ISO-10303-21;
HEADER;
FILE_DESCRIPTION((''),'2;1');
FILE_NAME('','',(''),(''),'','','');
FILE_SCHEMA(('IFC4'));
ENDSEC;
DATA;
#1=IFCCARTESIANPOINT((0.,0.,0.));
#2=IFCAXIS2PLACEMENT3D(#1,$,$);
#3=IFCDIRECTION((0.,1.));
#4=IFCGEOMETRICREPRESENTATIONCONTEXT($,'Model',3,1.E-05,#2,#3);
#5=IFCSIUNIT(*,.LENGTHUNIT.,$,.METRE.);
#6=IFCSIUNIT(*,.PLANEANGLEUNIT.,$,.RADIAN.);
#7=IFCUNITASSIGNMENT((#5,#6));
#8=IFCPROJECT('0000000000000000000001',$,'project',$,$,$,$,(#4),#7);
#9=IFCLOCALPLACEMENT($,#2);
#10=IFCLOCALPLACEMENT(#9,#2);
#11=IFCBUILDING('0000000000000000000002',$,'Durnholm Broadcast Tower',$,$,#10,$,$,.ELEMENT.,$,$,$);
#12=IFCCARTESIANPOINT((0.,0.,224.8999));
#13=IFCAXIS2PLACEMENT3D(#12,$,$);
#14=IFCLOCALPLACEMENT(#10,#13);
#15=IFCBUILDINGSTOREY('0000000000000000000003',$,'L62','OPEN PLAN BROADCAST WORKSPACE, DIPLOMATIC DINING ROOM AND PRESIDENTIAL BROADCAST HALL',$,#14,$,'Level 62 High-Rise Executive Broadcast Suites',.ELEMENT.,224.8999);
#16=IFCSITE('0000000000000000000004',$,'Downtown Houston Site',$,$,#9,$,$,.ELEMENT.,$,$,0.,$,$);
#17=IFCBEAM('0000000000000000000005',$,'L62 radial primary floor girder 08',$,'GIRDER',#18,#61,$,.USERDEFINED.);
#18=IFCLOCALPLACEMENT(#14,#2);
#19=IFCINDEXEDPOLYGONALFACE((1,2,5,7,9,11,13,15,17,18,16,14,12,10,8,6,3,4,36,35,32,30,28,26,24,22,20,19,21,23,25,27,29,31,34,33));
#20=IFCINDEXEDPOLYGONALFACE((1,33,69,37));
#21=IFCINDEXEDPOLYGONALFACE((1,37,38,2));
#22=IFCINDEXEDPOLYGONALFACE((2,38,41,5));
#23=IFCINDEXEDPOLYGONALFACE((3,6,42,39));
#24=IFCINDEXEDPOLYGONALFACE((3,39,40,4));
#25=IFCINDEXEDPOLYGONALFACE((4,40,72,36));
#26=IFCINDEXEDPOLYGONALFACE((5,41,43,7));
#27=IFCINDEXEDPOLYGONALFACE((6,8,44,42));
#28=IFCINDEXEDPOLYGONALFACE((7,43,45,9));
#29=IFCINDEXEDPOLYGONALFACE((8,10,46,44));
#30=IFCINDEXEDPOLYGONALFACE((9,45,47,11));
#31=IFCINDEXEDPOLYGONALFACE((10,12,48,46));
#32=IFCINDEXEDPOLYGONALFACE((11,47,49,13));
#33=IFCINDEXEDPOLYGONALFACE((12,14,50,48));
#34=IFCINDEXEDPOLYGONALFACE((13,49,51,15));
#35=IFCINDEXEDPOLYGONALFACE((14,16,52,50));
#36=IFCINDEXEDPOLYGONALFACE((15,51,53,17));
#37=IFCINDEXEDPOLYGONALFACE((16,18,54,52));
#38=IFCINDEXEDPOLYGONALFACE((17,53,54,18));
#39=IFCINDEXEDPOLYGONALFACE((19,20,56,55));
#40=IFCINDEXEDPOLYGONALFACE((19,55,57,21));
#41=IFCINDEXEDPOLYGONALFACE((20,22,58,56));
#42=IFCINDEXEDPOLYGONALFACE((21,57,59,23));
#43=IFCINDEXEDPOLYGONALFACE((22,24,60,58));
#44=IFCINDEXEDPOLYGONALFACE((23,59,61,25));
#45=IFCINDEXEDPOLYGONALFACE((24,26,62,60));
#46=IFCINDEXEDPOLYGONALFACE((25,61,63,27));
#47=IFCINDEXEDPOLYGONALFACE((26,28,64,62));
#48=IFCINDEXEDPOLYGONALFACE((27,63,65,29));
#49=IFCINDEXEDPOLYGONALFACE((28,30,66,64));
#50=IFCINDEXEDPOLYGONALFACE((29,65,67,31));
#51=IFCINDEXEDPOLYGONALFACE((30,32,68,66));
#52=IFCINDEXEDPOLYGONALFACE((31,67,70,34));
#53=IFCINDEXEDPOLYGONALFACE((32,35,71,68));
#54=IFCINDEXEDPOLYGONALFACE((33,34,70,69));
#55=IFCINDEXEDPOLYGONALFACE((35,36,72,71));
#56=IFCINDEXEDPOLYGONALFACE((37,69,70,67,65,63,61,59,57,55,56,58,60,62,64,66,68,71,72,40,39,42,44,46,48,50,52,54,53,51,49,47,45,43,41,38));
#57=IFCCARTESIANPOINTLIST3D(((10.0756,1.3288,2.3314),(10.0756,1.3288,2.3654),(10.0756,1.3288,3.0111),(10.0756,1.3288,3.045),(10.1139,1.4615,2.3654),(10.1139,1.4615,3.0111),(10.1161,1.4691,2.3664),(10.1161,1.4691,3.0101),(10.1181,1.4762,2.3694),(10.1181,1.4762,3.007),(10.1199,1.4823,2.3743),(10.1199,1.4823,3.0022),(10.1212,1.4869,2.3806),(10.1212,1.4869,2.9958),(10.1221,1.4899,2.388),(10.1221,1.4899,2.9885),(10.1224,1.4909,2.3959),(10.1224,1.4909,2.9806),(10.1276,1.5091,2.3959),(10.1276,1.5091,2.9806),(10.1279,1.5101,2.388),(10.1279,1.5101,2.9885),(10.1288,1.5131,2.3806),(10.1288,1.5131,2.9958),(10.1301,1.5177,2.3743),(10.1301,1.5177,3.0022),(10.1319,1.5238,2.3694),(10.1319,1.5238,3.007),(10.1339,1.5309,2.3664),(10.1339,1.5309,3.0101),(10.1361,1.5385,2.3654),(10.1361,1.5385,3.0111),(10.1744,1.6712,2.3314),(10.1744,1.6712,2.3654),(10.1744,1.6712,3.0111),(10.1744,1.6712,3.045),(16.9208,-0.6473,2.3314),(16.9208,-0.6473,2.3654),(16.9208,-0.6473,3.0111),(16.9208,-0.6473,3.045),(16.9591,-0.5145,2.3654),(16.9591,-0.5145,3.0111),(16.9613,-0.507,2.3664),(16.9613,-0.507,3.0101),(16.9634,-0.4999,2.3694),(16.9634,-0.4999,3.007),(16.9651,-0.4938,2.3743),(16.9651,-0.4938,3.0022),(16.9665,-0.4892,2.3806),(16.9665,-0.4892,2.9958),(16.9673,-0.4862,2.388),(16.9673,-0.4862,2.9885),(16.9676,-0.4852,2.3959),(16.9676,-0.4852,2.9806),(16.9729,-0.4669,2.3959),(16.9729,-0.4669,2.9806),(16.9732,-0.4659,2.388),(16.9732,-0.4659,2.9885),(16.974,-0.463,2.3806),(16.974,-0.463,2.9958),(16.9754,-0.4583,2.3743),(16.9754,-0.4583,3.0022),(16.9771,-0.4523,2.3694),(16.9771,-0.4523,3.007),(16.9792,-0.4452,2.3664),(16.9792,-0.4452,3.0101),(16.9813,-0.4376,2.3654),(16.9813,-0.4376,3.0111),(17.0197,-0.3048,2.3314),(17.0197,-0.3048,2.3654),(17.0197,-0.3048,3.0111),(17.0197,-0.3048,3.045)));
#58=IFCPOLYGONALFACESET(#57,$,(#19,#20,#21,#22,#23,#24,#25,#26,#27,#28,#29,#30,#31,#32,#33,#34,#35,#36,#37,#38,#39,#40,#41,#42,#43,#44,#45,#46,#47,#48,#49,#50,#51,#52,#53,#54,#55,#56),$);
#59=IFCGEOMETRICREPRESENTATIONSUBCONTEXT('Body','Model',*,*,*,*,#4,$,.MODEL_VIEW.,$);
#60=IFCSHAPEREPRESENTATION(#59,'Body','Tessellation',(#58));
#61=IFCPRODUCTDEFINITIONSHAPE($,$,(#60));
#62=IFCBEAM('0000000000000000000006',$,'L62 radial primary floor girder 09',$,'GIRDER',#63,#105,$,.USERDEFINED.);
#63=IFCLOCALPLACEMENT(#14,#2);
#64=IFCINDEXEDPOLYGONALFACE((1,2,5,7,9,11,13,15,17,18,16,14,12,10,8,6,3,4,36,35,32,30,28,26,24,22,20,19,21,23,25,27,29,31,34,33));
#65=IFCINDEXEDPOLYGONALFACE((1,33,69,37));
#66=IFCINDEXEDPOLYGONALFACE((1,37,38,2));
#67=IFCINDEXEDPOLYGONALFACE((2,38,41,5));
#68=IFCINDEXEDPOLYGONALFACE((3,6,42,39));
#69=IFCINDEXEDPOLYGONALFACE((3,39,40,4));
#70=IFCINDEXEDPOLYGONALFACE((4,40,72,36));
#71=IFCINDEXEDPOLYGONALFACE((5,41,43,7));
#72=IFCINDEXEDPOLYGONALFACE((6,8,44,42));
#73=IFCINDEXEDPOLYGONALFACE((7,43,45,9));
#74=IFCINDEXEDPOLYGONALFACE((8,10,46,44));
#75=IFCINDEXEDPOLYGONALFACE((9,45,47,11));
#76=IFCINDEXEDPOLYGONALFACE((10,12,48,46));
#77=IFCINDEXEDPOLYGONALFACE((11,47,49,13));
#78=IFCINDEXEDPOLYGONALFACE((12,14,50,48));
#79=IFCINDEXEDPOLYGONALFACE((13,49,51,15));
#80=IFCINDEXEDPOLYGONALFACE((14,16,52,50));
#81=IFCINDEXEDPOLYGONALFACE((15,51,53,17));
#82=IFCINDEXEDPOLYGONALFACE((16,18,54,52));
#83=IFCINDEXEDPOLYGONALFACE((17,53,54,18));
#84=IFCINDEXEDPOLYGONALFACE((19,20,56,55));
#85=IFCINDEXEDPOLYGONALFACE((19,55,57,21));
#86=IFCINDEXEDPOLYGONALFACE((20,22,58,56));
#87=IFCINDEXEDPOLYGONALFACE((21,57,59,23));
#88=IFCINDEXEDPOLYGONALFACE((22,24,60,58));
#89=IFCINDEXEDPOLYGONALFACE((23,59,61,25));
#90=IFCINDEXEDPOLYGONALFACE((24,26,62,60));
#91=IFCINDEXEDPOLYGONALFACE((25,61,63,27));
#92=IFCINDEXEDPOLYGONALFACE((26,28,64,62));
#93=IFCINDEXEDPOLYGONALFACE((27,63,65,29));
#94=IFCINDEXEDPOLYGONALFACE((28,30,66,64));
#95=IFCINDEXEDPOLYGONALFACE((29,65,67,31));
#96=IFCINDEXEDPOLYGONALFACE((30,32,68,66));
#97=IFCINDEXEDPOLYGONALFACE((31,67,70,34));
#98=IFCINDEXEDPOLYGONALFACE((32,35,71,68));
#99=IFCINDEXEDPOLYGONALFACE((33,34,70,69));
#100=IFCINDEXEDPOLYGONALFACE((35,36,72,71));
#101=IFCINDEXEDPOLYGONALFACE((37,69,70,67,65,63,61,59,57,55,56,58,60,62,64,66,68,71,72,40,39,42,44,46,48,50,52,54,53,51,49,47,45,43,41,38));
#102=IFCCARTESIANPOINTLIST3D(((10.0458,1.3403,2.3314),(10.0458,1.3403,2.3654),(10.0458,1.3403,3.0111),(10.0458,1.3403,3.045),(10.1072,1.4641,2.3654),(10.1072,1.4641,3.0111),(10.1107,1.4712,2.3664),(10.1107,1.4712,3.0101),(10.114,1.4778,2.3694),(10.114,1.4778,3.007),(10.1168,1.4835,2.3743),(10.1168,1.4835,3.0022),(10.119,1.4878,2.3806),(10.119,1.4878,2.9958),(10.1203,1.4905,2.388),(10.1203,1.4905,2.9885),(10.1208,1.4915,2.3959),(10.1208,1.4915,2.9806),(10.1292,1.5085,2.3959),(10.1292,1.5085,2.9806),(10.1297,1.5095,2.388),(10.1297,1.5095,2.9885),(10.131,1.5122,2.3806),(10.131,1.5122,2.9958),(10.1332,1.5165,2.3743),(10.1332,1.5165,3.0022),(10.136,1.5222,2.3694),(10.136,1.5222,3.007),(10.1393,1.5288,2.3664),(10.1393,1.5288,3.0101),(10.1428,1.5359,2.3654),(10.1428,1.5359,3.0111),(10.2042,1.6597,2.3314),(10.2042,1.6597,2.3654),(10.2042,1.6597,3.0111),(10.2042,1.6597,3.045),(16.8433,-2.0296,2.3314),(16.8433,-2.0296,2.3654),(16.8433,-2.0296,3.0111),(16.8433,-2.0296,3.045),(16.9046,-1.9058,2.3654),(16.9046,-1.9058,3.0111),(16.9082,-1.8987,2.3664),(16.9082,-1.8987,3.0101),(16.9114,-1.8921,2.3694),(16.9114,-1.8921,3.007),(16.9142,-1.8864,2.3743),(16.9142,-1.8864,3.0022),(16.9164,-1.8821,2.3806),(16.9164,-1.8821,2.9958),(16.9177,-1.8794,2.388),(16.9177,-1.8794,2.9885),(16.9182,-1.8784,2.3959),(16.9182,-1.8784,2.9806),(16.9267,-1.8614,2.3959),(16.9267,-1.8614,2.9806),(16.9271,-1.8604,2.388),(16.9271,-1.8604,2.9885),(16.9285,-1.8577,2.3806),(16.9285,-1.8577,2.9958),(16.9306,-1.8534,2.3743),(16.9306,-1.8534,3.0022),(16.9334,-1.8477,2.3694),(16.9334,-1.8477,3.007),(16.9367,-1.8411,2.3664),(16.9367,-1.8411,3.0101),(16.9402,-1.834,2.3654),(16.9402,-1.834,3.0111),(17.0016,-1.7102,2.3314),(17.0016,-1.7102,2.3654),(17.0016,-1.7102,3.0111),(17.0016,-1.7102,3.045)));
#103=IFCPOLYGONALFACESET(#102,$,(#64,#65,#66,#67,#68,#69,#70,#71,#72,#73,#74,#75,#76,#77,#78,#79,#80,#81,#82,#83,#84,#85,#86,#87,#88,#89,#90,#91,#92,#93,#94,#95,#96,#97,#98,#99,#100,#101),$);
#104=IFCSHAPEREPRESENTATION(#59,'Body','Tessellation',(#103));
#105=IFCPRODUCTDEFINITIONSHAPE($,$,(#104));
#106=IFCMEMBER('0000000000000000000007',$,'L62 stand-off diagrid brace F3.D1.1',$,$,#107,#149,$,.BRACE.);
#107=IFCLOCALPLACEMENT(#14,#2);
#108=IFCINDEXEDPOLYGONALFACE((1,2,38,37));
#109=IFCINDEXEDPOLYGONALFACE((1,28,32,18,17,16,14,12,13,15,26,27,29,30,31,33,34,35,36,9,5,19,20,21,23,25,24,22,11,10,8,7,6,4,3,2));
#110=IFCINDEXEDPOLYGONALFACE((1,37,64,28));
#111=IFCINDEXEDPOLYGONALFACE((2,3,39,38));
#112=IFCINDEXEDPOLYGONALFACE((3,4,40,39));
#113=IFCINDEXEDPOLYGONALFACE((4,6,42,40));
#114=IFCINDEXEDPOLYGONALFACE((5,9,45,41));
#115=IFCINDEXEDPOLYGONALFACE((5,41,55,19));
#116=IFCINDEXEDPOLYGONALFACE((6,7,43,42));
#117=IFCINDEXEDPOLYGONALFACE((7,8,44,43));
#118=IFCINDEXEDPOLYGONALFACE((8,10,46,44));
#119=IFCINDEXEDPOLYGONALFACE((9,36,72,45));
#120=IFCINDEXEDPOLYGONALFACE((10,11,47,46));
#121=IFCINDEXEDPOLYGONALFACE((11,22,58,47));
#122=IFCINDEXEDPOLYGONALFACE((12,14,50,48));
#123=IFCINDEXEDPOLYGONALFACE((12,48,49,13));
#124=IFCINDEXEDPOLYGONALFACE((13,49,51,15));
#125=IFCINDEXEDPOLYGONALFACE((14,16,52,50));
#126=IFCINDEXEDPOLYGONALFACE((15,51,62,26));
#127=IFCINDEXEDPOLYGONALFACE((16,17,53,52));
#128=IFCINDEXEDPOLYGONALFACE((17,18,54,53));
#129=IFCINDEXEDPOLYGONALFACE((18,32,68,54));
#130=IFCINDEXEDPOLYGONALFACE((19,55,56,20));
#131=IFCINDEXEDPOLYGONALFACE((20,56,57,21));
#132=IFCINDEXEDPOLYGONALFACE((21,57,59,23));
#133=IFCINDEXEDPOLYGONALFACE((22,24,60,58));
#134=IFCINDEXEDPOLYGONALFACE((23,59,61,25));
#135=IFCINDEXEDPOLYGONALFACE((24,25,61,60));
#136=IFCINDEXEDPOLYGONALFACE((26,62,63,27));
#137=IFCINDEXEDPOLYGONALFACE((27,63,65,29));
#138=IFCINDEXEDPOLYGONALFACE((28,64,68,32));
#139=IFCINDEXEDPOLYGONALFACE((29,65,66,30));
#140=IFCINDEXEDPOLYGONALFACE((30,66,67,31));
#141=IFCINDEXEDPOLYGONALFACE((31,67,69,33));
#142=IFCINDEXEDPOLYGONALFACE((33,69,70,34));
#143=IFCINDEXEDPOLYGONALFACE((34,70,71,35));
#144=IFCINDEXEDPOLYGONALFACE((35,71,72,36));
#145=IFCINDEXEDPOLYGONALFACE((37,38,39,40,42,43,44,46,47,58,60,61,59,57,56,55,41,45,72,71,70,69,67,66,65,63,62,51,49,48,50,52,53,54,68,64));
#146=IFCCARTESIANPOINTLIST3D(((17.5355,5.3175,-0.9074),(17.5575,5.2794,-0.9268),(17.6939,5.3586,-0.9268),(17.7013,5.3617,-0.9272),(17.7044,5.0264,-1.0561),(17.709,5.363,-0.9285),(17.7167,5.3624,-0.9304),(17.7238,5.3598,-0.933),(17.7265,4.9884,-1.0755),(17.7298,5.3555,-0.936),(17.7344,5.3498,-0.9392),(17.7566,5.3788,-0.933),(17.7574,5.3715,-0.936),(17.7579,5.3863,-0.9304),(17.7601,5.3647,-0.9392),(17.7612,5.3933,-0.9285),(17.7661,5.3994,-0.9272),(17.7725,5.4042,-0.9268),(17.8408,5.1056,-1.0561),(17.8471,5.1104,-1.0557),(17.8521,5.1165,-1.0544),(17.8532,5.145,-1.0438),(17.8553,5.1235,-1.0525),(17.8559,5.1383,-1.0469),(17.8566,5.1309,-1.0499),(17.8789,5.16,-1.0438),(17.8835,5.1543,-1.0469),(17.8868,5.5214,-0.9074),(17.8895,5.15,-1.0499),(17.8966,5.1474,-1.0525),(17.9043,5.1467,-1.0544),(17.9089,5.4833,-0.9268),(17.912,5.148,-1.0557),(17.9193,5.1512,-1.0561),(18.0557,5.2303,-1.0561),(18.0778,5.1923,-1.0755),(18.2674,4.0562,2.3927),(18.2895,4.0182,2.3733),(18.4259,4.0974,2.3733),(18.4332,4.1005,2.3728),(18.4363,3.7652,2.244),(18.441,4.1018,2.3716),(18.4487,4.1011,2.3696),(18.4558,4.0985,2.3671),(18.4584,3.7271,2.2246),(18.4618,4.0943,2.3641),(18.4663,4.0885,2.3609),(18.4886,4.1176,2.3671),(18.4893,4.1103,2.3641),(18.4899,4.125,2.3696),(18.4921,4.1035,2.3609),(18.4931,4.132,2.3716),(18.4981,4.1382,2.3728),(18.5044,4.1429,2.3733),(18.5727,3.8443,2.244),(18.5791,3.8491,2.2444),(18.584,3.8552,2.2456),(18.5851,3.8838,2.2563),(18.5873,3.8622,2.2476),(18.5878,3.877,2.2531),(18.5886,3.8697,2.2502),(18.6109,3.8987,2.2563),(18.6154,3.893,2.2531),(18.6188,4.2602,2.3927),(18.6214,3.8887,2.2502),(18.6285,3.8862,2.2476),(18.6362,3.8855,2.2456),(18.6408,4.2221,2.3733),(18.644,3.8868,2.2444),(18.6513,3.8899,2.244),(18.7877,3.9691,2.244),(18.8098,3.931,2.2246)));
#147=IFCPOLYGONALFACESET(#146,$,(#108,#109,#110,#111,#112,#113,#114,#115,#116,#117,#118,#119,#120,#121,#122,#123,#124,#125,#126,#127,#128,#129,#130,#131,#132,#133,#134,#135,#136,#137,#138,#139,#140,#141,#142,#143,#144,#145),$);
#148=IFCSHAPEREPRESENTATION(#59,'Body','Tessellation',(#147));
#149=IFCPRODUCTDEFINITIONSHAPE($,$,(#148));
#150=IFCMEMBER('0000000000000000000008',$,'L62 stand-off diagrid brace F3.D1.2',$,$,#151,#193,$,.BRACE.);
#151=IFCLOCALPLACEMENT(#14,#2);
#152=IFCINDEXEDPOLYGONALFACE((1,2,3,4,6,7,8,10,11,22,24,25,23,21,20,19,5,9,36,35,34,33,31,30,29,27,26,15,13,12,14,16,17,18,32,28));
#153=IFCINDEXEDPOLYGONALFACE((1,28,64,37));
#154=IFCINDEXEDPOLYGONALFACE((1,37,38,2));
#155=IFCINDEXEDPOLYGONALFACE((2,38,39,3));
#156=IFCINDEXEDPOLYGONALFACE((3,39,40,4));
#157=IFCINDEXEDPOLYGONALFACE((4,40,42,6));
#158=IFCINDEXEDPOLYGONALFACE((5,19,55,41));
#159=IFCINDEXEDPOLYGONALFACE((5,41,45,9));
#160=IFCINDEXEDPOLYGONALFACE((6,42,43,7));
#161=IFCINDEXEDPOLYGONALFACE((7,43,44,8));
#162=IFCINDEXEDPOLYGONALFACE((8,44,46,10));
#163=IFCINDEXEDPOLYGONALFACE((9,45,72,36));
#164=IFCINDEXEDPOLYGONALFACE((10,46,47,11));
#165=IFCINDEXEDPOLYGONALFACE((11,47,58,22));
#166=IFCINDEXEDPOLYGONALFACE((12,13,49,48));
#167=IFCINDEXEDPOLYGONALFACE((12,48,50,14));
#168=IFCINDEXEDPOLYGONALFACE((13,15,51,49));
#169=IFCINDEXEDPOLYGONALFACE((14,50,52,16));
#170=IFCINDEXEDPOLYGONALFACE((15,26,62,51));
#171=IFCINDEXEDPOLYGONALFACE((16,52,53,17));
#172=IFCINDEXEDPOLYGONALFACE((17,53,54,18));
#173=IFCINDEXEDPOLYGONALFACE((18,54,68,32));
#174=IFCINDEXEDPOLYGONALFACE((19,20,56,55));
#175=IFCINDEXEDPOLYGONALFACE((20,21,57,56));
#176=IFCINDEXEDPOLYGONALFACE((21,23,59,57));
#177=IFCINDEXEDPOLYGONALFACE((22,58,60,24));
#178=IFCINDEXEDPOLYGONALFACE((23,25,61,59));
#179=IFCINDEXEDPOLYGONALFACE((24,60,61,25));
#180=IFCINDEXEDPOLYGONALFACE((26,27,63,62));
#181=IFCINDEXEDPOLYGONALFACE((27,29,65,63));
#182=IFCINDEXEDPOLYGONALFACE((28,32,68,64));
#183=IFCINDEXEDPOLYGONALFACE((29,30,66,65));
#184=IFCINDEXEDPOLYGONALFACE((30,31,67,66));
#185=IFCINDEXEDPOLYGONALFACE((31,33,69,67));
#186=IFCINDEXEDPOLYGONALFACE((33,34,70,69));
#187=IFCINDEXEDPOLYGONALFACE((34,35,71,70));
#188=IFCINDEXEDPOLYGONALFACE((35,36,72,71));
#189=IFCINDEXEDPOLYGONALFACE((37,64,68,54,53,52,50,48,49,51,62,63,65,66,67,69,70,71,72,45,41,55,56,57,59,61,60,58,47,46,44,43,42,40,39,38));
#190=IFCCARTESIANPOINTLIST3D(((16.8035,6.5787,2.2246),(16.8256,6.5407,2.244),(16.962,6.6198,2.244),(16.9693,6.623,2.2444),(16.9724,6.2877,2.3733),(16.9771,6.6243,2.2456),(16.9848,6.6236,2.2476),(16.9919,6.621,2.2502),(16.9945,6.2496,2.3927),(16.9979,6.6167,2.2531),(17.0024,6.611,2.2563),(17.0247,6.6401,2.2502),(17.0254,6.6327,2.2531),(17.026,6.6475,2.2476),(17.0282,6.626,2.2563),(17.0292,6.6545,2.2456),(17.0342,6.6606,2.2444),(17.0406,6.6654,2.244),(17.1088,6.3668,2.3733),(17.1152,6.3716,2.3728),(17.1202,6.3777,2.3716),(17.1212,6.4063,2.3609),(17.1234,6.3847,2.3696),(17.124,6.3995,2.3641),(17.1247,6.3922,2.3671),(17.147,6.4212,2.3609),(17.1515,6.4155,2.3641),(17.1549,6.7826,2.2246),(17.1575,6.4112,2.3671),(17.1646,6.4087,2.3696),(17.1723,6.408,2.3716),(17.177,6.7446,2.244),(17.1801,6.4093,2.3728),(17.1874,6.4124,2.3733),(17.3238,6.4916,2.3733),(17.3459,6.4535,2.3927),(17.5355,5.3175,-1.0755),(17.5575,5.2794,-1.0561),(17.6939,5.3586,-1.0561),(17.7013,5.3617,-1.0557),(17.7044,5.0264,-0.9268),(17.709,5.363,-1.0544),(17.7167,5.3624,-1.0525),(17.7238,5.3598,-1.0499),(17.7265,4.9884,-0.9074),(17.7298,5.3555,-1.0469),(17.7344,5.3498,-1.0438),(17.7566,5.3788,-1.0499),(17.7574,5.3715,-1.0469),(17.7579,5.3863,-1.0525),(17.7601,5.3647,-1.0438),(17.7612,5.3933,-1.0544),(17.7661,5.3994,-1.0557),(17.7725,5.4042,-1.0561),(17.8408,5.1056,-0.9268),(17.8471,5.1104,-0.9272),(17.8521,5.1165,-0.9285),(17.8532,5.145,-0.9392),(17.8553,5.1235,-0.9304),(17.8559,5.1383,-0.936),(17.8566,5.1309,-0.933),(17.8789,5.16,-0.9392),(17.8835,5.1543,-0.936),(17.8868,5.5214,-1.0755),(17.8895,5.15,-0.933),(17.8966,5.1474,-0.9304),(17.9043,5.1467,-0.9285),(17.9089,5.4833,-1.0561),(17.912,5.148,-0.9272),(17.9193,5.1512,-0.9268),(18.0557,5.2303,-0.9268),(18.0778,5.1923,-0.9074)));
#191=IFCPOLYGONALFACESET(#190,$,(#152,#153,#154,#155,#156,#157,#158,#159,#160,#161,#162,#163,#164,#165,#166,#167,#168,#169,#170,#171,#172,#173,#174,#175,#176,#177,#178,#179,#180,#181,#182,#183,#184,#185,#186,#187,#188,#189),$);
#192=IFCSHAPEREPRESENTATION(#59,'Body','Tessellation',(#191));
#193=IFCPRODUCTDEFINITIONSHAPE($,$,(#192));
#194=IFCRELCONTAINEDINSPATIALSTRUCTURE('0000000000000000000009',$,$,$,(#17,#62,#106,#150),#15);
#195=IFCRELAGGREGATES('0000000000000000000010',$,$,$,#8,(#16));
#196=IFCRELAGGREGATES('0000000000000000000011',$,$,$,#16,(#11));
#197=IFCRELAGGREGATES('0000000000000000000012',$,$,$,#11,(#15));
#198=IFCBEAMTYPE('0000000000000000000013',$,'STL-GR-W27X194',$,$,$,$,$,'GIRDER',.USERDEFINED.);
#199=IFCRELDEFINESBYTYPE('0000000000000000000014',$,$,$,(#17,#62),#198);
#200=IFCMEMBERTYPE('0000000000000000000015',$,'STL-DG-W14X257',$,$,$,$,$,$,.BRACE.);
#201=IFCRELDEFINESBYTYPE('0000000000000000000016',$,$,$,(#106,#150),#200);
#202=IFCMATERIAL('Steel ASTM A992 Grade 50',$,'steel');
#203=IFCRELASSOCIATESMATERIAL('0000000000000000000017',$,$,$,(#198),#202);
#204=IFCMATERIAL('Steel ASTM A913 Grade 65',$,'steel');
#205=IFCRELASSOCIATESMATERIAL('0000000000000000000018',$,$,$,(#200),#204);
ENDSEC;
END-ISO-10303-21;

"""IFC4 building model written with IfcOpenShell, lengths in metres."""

from ifc_helpers import new_model, si_unit, direction, frame, origin, origin_2d, place, context, subcontext, project, spatial, i_section, extrude, source, transform, mapped, material, material_profile, profile_set, type_object, type_shapes, element, save


model = new_model("IFC4")

# Units and contexts
model_context = context("Model", 3, precision=1e-05, world=origin(), true_north=direction((0.0, 1.0)))
body_context = subcontext(model_context, "Body", "Model", "MODEL_VIEW")
ifc_project = project(units=[si_unit("LENGTHUNIT", "METRE"), si_unit("PLANEANGLEUNIT", "RADIAN")], contexts=[model_context])

# Site, building, storey
site_placement = place(None, origin())
site = spatial("IfcSite", under=ifc_project, at=site_placement, Name="Downtown Houston Site", CompositionType="ELEMENT", RefElevation=0.0)
building_placement = place(site_placement, origin())
building = spatial("IfcBuilding", under=site, at=building_placement, Name="Durnholm Broadcast Tower", CompositionType="ELEMENT")
storey_placement = place(building_placement, frame((0.0, 0.0, 224.8999)))
storey = spatial("IfcBuildingStorey", under=building, at=storey_placement, Name="L62", Description="OPEN PLAN BROADCAST WORKSPACE, DIPLOMATIC DINING ROOM AND PRESIDENTIAL BROADCAST HALL", LongName="Level 62 High-Rise Executive Broadcast Suites", CompositionType="ELEMENT", Elevation=224.8999)

# Beams
ifc_material_1 = material(Name="Steel ASTM A992 Grade 50", Category="steel")
ifc_material_profile_1 = material_profile(ifc_material_1, i_section(OverallWidth=0.3564, OverallDepth=0.7136, WebThickness=0.019, FlangeThickness=0.0339, FilletRadius=0.0305, at=origin_2d()), Name="W27X194")
ifc_profile_set_1 = profile_set([ifc_material_profile_1], Name="Steel ASTM A992 Grade 50")
beam_type_1 = type_object("IfcBeamType", Name="STL-GR-W27X194", ElementType="GIRDER", PredefinedType="USERDEFINED", material=ifc_profile_set_1)
shared_shape_1 = source(origin(), body_context, "Body", "SweptSolid", [
    extrude(i_section(OverallWidth=0.3564, OverallDepth=0.7136, WebThickness=0.019, FlangeThickness=0.0339, FilletRadius=0.0305, at=origin_2d()), origin(), (0.0, 0.0, 1.0), 7.1248),
])
beam_1_placement = place(storey_placement, frame((10.125, 1.5, 2.6882), z_axis=(0.960768, -0.277354, 0.0), x_axis=(0.277354, 0.960768, 0.0)))
element("IfcBeam", 1, at=beam_1_placement, inside=storey, type_object=beam_type_1, Name="L62 radial primary floor girder 08", ObjectType="GIRDER", PredefinedType="USERDEFINED", context=body_context, shape_type="MappedRepresentation", body=[
    mapped(shared_shape_1, transform((0.0, 0.0, 0.0), x_axis=(1.0, 0.0, 0.0), y_axis=(0.0, 1.0, 0.0), z_axis=(0.0, 0.0, 1.0), scale=1.0)),
])
shared_shape_2 = source(origin(), body_context, "Body", "SweptSolid", [
    extrude(i_section(OverallWidth=0.3564, OverallDepth=0.7136, WebThickness=0.019, FlangeThickness=0.0339, FilletRadius=0.0305, at=origin_2d()), origin(), (0.0, 0.0, 1.0), 7.5869),
])
type_shapes(beam_type_1, [shared_shape_1, shared_shape_2])
beam_2_placement = place(storey_placement, frame((10.125, 1.5, 2.6882), z_axis=(0.895941, -0.444173, 0.0), x_axis=(0.444173, 0.895941, 0.0)))
element("IfcBeam", 2, at=beam_2_placement, inside=storey, type_object=beam_type_1, Name="L62 radial primary floor girder 09", ObjectType="GIRDER", PredefinedType="USERDEFINED", context=body_context, shape_type="MappedRepresentation", body=[
    mapped(shared_shape_2, transform((0.0, 0.0, 0.0), x_axis=(1.0, 0.0, 0.0), y_axis=(0.0, 1.0, 0.0), z_axis=(0.0, 0.0, 1.0), scale=1.0)),
])

# Members
ifc_material_2 = material(Name="Steel ASTM A913 Grade 65", Category="steel")
ifc_material_profile_2 = material_profile(ifc_material_2, i_section(OverallWidth=0.4062, OverallDepth=0.416, WebThickness=0.0298, FlangeThickness=0.0481, FilletRadius=0.0305, at=origin_2d()), Name="W14X257")
ifc_profile_set_2 = profile_set([ifc_material_profile_2], Name="Steel ASTM A913 Grade 65")
member_type_1 = type_object("IfcMemberType", Name="STL-DG-W14X257", PredefinedType="BRACE", material=ifc_profile_set_2)
shared_shape_3 = source(origin(), body_context, "Body", "SweptSolid", [
    extrude(i_section(OverallWidth=0.4062, OverallDepth=0.416, WebThickness=0.0298, FlangeThickness=0.0481, FilletRadius=0.0305, at=origin_2d()), origin(), (0.0, 0.0, 1.0), 3.6079),
])
type_shapes(member_type_1, [shared_shape_3])
for number, where, z_axis, x_axis, name in (
    (3, (17.8066, 5.2549, -0.9915), (0.202871, -0.349577, 0.91468), (0.864906, 0.501934, 0.0), "L62 stand-off diagrid brace F3.D1.1"),
    (4, (17.8066, 5.2549, -0.9915), (-0.202871, 0.349577, 0.91468), (-0.864906, -0.501934, 0.0), "L62 stand-off diagrid brace F3.D1.2"),
):
    element("IfcMember", number, at=place(storey_placement, frame(where, z_axis=z_axis, x_axis=x_axis)), inside=storey, type_object=member_type_1, Name=name, PredefinedType="BRACE", context=body_context, shape_type="MappedRepresentation", body=[
        mapped(shared_shape_3, transform((0.0, 0.0, 0.0), x_axis=(1.0, 0.0, 0.0), y_axis=(0.0, 1.0, 0.0), z_axis=(0.0, 0.0, 1.0), scale=1.0)),
    ])

save(model, "model.ifc")
